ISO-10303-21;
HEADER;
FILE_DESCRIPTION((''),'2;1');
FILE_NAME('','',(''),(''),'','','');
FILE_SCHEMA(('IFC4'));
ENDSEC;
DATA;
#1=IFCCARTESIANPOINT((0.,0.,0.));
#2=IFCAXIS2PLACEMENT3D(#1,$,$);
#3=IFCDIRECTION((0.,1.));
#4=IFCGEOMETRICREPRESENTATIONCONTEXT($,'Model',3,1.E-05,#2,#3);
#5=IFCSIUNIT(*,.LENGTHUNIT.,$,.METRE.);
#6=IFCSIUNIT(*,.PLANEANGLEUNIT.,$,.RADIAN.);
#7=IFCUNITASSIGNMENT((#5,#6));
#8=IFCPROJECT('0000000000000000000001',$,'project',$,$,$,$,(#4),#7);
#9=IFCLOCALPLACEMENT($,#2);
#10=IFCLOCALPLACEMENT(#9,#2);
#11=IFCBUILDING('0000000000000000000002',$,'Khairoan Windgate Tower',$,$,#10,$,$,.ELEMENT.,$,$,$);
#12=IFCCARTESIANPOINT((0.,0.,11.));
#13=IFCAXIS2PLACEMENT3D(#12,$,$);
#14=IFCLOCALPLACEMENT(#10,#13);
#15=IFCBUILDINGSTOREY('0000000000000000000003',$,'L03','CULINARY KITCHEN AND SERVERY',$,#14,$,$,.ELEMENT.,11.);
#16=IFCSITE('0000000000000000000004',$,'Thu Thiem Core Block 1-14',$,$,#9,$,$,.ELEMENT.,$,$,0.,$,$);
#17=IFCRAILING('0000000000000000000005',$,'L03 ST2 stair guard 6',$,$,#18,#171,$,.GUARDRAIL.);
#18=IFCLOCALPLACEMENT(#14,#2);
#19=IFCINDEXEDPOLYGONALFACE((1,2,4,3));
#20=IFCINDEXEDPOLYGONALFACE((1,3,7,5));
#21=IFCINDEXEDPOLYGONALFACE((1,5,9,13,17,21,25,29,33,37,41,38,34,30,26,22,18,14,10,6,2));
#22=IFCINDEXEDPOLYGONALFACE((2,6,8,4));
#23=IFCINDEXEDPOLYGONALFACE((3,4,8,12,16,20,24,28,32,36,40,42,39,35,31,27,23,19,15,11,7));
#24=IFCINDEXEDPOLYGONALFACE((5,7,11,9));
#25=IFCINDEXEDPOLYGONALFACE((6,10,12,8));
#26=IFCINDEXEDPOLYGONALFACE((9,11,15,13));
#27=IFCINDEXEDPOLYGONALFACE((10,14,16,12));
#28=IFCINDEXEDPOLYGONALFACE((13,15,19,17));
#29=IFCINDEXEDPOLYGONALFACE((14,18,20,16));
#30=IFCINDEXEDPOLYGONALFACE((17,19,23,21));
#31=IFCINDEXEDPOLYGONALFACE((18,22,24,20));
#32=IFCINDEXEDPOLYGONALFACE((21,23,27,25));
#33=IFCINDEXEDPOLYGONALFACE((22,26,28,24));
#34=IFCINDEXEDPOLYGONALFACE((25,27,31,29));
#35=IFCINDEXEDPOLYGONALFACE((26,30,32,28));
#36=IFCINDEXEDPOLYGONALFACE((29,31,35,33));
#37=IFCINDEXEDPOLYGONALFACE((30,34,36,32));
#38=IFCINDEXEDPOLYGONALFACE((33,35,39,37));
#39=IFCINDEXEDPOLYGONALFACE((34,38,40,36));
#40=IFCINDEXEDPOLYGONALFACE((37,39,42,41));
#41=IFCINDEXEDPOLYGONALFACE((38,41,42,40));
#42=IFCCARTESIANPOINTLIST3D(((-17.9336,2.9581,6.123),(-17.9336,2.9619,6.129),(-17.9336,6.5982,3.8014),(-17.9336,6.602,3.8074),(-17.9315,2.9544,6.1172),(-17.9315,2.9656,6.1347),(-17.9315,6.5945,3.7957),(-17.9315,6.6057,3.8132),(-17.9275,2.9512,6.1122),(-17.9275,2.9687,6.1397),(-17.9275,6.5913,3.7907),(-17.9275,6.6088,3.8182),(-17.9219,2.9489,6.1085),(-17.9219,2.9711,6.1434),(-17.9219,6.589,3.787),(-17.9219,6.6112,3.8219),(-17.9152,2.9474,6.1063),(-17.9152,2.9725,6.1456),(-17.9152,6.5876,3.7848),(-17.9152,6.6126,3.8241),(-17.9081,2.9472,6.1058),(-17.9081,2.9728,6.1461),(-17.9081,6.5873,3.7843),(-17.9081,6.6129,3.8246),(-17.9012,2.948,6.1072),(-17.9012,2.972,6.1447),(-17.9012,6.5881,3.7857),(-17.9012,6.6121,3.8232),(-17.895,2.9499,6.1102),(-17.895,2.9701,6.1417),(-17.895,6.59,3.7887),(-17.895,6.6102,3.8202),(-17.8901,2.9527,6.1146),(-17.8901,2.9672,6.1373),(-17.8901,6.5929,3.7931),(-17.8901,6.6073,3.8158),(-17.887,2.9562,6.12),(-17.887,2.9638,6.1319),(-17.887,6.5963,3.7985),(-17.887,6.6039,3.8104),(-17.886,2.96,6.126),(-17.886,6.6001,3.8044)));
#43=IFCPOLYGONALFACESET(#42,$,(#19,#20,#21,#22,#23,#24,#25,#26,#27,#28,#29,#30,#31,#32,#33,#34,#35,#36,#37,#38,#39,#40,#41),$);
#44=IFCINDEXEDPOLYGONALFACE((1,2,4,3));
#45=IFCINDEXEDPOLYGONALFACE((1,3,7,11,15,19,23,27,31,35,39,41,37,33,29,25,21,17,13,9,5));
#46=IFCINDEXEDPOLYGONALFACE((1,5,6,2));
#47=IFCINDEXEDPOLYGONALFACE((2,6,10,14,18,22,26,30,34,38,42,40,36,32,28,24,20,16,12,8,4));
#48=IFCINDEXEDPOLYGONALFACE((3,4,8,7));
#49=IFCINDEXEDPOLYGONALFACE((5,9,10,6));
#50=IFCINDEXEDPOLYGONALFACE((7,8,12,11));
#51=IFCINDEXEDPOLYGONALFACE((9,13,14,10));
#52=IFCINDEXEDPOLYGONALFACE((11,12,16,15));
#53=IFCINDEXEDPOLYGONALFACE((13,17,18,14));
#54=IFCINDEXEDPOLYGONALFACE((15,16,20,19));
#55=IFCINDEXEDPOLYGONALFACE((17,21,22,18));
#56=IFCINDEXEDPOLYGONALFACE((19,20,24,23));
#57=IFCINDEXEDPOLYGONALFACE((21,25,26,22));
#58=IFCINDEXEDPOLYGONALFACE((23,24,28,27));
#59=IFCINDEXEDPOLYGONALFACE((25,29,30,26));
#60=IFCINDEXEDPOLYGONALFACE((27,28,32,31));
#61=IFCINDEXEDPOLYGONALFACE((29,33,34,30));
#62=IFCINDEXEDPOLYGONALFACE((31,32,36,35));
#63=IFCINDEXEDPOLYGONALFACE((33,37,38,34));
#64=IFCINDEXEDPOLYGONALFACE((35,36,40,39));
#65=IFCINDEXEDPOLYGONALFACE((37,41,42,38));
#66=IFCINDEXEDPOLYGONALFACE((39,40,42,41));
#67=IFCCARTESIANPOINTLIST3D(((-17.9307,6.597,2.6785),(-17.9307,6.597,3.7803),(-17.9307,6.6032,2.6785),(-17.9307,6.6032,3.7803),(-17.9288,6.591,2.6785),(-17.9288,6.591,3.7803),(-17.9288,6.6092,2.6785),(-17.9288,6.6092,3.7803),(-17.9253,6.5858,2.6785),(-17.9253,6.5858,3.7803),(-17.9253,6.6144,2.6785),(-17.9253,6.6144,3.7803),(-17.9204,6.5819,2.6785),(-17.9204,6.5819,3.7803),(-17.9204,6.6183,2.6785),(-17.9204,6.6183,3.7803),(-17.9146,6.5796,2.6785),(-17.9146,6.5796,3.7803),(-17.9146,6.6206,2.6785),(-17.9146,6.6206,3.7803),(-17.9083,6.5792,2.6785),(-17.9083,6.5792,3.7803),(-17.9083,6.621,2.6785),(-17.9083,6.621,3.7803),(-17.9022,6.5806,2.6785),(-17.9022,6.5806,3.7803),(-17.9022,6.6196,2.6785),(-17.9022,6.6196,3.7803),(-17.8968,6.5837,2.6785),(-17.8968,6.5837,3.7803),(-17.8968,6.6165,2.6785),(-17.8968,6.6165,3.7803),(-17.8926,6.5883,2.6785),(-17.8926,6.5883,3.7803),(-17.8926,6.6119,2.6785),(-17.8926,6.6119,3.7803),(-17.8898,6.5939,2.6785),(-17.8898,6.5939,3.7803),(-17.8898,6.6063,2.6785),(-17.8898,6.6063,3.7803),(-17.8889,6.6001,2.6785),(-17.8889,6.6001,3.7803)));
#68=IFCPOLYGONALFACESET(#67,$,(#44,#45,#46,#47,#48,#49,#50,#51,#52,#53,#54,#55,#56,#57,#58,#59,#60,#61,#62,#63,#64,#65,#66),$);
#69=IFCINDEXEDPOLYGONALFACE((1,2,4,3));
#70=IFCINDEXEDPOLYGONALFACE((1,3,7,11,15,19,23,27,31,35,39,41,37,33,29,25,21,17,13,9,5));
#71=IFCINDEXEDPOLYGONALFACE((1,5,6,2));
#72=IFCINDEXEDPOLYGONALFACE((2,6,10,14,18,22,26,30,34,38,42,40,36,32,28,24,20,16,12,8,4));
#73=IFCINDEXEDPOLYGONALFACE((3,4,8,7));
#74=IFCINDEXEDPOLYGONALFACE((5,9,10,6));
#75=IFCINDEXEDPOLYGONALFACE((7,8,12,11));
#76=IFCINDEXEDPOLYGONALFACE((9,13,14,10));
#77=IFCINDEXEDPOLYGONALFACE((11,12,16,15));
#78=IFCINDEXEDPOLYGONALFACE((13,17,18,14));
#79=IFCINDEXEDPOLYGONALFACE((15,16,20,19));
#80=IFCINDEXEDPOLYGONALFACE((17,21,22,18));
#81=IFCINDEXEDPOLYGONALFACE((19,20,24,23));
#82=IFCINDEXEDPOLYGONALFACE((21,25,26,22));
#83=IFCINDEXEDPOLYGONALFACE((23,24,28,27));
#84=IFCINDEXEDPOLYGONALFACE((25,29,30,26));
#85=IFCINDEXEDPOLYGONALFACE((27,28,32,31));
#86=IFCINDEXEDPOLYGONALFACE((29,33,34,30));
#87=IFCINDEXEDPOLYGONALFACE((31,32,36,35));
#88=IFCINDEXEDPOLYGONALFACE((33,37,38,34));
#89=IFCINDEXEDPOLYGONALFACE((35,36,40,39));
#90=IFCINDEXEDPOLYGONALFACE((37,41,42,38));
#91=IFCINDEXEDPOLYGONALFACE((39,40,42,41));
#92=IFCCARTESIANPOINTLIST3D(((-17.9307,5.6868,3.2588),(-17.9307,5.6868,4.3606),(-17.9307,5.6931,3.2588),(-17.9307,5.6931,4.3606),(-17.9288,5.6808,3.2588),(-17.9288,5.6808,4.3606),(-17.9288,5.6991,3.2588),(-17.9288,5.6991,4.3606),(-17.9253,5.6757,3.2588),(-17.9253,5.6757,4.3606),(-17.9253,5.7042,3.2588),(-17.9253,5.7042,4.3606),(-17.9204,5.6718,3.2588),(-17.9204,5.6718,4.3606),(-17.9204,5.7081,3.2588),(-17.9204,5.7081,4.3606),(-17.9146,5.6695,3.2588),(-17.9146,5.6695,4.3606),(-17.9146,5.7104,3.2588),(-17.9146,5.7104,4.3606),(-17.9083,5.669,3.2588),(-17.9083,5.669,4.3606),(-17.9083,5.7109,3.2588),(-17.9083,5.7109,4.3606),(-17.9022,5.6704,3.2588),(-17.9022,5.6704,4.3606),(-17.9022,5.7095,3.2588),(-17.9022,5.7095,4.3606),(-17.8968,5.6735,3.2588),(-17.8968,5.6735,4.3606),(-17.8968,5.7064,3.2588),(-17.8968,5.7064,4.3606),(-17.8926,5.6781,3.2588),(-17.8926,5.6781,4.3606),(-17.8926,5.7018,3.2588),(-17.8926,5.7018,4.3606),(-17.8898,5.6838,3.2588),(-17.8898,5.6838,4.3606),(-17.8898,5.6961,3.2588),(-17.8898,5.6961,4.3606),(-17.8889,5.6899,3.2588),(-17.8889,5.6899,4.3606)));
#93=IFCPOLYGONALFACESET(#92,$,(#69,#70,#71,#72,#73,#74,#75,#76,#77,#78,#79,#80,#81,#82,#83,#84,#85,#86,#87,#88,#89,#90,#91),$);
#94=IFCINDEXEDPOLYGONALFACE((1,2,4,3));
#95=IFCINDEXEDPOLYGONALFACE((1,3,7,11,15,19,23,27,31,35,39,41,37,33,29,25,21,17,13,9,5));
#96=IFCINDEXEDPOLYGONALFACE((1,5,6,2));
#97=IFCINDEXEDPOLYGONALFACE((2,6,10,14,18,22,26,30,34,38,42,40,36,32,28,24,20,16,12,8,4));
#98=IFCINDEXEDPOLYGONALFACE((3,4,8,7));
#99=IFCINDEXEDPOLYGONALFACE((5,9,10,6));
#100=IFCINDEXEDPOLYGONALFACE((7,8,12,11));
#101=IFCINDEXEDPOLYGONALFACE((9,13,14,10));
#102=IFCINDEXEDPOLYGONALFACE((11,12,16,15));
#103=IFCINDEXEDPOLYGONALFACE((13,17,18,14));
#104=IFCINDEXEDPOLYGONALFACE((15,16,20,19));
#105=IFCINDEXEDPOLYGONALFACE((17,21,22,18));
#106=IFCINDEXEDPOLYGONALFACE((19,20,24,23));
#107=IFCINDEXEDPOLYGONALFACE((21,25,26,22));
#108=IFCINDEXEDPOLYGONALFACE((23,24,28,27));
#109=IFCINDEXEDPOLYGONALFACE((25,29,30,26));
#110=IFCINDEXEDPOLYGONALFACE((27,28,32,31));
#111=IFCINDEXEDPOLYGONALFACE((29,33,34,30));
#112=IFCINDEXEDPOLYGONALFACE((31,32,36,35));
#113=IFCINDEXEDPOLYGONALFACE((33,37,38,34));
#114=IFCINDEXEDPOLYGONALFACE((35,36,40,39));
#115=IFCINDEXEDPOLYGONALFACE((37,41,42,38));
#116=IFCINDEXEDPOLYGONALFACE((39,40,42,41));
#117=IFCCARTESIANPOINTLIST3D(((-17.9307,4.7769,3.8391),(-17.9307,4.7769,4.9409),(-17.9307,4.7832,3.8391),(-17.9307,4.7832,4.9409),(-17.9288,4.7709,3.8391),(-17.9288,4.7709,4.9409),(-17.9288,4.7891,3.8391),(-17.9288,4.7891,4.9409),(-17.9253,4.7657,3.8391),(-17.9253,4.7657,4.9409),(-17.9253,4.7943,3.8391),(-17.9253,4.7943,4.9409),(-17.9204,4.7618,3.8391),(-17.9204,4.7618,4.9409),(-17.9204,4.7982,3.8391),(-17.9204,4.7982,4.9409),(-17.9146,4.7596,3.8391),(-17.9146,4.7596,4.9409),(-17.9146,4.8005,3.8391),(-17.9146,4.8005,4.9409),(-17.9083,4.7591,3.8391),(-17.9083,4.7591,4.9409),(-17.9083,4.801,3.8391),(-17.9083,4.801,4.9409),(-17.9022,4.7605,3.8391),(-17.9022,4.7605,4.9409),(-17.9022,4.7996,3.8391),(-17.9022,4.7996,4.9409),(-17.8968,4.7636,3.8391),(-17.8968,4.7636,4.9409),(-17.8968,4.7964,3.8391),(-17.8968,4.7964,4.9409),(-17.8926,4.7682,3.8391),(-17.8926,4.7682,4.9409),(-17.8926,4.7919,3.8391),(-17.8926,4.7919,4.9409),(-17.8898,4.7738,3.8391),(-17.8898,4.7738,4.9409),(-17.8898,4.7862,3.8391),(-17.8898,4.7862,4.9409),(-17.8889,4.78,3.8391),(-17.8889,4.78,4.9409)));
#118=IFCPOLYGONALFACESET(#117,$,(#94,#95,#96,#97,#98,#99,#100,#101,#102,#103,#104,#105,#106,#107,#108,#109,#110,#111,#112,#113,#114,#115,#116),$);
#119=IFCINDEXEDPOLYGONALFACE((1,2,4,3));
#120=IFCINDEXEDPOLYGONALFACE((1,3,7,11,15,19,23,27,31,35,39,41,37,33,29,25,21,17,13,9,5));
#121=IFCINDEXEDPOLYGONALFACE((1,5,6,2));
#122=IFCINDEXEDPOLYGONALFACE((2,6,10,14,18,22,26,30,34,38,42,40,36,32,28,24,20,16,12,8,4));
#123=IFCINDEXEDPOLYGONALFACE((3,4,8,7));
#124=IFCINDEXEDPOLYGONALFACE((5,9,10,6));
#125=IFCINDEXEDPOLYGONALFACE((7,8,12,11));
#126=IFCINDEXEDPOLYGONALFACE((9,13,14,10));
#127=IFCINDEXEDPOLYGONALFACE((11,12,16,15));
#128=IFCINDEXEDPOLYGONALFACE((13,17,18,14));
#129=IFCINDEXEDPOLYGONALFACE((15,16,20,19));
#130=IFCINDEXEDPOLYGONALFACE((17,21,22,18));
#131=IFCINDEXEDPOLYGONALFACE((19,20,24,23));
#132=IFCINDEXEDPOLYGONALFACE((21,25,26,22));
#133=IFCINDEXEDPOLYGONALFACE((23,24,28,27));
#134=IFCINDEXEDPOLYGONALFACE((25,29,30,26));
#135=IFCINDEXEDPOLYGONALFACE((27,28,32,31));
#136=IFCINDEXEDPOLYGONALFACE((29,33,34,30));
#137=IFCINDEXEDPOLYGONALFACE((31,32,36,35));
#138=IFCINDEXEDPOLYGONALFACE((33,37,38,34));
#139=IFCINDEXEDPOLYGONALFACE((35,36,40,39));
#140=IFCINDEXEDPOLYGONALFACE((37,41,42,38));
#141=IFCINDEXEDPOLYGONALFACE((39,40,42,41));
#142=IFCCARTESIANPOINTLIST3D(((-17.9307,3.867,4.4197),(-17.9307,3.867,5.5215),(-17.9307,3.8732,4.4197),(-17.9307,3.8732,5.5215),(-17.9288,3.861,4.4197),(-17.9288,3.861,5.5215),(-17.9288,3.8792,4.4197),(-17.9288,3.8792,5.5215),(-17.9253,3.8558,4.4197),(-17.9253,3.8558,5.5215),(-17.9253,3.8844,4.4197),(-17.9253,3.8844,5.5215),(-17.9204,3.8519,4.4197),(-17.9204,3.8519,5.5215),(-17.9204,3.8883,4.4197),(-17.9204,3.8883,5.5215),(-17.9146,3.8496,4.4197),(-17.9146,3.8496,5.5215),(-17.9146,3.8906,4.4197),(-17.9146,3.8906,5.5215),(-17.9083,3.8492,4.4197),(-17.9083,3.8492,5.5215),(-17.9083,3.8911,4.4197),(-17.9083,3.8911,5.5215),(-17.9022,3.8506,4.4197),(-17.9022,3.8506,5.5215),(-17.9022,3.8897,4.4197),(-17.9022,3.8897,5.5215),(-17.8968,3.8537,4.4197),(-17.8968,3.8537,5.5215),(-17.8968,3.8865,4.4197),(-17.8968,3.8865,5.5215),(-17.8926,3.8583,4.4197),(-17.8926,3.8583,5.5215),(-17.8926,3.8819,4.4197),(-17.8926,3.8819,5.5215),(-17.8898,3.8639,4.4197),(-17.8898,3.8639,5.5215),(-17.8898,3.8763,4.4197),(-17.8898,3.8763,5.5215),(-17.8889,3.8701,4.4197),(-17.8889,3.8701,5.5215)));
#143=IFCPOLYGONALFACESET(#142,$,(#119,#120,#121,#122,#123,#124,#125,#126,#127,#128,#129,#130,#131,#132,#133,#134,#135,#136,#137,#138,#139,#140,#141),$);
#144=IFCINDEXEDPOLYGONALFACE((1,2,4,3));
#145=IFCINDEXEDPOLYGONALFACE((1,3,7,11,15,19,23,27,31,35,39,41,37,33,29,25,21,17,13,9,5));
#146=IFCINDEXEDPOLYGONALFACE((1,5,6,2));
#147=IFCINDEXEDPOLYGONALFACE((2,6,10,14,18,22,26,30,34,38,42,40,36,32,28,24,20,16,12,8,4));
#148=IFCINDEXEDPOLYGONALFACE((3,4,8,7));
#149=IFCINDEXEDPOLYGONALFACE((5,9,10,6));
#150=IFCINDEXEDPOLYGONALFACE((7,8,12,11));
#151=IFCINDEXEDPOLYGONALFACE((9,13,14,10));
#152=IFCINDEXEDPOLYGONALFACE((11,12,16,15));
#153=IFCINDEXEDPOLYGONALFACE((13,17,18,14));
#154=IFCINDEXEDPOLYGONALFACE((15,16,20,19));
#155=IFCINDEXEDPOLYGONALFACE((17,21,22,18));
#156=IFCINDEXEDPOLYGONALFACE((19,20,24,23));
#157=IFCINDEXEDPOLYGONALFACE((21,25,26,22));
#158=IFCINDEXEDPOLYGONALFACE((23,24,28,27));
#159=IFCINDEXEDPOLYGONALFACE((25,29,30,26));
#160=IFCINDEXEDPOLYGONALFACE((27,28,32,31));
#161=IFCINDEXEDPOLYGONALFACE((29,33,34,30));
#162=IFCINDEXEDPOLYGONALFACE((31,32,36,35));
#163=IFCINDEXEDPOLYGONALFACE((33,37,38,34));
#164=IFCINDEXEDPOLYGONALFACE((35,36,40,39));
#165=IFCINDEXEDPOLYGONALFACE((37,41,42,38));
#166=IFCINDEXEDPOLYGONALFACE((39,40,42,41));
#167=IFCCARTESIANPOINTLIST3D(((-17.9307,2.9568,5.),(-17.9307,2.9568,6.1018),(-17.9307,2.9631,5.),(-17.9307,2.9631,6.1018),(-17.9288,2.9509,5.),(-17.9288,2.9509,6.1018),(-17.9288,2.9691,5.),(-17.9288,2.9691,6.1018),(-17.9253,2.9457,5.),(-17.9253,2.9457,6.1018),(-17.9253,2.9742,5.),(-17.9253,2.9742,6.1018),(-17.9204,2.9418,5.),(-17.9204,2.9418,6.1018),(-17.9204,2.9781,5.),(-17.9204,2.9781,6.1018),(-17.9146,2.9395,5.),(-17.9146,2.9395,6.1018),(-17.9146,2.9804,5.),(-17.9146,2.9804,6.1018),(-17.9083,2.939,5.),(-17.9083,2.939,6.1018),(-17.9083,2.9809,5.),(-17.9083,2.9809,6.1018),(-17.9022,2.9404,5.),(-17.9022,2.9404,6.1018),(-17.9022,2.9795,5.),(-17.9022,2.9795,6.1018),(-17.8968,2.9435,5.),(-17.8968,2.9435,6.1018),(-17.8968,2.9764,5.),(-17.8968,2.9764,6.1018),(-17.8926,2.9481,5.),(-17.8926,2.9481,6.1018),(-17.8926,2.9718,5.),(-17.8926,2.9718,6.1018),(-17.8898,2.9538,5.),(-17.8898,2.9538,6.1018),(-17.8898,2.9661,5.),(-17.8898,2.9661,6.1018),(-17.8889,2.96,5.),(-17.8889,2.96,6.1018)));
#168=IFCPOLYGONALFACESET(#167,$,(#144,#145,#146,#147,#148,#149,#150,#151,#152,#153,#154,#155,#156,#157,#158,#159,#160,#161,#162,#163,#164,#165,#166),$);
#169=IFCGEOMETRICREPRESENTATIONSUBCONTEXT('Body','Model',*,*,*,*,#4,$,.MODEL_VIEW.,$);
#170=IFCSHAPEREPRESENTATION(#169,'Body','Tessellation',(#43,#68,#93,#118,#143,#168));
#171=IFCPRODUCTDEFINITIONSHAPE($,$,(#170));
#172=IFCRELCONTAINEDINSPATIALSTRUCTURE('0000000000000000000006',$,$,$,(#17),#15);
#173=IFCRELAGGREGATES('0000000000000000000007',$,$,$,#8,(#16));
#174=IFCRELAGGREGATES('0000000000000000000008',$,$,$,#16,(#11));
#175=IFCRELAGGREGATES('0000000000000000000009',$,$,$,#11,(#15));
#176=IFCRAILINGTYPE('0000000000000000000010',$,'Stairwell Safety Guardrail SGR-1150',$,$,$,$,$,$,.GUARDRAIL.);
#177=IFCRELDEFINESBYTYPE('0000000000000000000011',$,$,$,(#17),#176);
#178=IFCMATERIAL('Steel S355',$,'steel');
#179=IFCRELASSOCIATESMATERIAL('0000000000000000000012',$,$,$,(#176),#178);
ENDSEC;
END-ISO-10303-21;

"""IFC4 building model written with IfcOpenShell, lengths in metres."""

from ifc_helpers import new_model, si_unit, direction, frame, origin, origin_2d, place, context, subcontext, project, spatial, circle, extrude, material, type_object, element, save


model = new_model("IFC4")

# Units and contexts
model_context = context("Model", 3, precision=1e-05, world=origin(), true_north=direction((0.0, 1.0)))
body_context = subcontext(model_context, "Body", "Model", "MODEL_VIEW")
ifc_project = project(units=[si_unit("LENGTHUNIT", "METRE"), si_unit("PLANEANGLEUNIT", "RADIAN")], contexts=[model_context])

# Site, building, storey
site_placement = place(None, origin())
site = spatial("IfcSite", under=ifc_project, at=site_placement, Name="Thu Thiem Core Block 1-14", CompositionType="ELEMENT", RefElevation=0.0)
building_placement = place(site_placement, origin())
building = spatial("IfcBuilding", under=site, at=building_placement, Name="Khairoan Windgate Tower", CompositionType="ELEMENT")
storey_placement = place(building_placement, frame((0.0, 0.0, 11.0)))
storey = spatial("IfcBuildingStorey", under=building, at=storey_placement, Name="L03", Description="CULINARY KITCHEN AND SERVERY", CompositionType="ELEMENT", Elevation=11.0)

# Railing
ifc_material_1 = material(Name="Steel S355", Category="steel")
railing_type_1 = type_object("IfcRailingType", Name="Stairwell Safety Guardrail SGR-1150", PredefinedType="GUARDRAIL", material=ifc_material_1)
railing_1_placement = place(storey_placement, frame((-17.9099, 6.6001, 2.6785)))
element("IfcRailing", 1, at=railing_1_placement, inside=storey, type_object=railing_type_1, Name="L03 ST2 stair guard 6", PredefinedType="GUARDRAIL", context=body_context, shape_type="SweptSolid", body=[
    extrude(circle(Radius=0.0239, at=origin_2d()), frame((0.0, 0.0, 1.126), z_axis=(0.0, -0.843128, 0.537713), x_axis=(1.0, 0.0, 0.0)), (0.0, 0.0, 1.0), 4.3174),
    extrude(circle(Radius=0.021, at=origin_2d()), origin(), (0.0, 0.0, 1.0), 1.1018),
    extrude(circle(Radius=0.021, at=origin_2d()), frame((0.0, -0.9102, 0.5803)), (0.0, 0.0, 1.0), 1.1018),
    extrude(circle(Radius=0.021, at=origin_2d()), frame((0.0, -1.8201, 1.1606)), (0.0, 0.0, 1.0), 1.1018),
    extrude(circle(Radius=0.021, at=origin_2d()), frame((0.0, -2.73, 1.7412)), (0.0, 0.0, 1.0), 1.1018),
    extrude(circle(Radius=0.021, at=origin_2d()), frame((0.0, -3.6401, 2.3215)), (0.0, 0.0, 1.0), 1.1018),
])

save(model, "model.ifc")
